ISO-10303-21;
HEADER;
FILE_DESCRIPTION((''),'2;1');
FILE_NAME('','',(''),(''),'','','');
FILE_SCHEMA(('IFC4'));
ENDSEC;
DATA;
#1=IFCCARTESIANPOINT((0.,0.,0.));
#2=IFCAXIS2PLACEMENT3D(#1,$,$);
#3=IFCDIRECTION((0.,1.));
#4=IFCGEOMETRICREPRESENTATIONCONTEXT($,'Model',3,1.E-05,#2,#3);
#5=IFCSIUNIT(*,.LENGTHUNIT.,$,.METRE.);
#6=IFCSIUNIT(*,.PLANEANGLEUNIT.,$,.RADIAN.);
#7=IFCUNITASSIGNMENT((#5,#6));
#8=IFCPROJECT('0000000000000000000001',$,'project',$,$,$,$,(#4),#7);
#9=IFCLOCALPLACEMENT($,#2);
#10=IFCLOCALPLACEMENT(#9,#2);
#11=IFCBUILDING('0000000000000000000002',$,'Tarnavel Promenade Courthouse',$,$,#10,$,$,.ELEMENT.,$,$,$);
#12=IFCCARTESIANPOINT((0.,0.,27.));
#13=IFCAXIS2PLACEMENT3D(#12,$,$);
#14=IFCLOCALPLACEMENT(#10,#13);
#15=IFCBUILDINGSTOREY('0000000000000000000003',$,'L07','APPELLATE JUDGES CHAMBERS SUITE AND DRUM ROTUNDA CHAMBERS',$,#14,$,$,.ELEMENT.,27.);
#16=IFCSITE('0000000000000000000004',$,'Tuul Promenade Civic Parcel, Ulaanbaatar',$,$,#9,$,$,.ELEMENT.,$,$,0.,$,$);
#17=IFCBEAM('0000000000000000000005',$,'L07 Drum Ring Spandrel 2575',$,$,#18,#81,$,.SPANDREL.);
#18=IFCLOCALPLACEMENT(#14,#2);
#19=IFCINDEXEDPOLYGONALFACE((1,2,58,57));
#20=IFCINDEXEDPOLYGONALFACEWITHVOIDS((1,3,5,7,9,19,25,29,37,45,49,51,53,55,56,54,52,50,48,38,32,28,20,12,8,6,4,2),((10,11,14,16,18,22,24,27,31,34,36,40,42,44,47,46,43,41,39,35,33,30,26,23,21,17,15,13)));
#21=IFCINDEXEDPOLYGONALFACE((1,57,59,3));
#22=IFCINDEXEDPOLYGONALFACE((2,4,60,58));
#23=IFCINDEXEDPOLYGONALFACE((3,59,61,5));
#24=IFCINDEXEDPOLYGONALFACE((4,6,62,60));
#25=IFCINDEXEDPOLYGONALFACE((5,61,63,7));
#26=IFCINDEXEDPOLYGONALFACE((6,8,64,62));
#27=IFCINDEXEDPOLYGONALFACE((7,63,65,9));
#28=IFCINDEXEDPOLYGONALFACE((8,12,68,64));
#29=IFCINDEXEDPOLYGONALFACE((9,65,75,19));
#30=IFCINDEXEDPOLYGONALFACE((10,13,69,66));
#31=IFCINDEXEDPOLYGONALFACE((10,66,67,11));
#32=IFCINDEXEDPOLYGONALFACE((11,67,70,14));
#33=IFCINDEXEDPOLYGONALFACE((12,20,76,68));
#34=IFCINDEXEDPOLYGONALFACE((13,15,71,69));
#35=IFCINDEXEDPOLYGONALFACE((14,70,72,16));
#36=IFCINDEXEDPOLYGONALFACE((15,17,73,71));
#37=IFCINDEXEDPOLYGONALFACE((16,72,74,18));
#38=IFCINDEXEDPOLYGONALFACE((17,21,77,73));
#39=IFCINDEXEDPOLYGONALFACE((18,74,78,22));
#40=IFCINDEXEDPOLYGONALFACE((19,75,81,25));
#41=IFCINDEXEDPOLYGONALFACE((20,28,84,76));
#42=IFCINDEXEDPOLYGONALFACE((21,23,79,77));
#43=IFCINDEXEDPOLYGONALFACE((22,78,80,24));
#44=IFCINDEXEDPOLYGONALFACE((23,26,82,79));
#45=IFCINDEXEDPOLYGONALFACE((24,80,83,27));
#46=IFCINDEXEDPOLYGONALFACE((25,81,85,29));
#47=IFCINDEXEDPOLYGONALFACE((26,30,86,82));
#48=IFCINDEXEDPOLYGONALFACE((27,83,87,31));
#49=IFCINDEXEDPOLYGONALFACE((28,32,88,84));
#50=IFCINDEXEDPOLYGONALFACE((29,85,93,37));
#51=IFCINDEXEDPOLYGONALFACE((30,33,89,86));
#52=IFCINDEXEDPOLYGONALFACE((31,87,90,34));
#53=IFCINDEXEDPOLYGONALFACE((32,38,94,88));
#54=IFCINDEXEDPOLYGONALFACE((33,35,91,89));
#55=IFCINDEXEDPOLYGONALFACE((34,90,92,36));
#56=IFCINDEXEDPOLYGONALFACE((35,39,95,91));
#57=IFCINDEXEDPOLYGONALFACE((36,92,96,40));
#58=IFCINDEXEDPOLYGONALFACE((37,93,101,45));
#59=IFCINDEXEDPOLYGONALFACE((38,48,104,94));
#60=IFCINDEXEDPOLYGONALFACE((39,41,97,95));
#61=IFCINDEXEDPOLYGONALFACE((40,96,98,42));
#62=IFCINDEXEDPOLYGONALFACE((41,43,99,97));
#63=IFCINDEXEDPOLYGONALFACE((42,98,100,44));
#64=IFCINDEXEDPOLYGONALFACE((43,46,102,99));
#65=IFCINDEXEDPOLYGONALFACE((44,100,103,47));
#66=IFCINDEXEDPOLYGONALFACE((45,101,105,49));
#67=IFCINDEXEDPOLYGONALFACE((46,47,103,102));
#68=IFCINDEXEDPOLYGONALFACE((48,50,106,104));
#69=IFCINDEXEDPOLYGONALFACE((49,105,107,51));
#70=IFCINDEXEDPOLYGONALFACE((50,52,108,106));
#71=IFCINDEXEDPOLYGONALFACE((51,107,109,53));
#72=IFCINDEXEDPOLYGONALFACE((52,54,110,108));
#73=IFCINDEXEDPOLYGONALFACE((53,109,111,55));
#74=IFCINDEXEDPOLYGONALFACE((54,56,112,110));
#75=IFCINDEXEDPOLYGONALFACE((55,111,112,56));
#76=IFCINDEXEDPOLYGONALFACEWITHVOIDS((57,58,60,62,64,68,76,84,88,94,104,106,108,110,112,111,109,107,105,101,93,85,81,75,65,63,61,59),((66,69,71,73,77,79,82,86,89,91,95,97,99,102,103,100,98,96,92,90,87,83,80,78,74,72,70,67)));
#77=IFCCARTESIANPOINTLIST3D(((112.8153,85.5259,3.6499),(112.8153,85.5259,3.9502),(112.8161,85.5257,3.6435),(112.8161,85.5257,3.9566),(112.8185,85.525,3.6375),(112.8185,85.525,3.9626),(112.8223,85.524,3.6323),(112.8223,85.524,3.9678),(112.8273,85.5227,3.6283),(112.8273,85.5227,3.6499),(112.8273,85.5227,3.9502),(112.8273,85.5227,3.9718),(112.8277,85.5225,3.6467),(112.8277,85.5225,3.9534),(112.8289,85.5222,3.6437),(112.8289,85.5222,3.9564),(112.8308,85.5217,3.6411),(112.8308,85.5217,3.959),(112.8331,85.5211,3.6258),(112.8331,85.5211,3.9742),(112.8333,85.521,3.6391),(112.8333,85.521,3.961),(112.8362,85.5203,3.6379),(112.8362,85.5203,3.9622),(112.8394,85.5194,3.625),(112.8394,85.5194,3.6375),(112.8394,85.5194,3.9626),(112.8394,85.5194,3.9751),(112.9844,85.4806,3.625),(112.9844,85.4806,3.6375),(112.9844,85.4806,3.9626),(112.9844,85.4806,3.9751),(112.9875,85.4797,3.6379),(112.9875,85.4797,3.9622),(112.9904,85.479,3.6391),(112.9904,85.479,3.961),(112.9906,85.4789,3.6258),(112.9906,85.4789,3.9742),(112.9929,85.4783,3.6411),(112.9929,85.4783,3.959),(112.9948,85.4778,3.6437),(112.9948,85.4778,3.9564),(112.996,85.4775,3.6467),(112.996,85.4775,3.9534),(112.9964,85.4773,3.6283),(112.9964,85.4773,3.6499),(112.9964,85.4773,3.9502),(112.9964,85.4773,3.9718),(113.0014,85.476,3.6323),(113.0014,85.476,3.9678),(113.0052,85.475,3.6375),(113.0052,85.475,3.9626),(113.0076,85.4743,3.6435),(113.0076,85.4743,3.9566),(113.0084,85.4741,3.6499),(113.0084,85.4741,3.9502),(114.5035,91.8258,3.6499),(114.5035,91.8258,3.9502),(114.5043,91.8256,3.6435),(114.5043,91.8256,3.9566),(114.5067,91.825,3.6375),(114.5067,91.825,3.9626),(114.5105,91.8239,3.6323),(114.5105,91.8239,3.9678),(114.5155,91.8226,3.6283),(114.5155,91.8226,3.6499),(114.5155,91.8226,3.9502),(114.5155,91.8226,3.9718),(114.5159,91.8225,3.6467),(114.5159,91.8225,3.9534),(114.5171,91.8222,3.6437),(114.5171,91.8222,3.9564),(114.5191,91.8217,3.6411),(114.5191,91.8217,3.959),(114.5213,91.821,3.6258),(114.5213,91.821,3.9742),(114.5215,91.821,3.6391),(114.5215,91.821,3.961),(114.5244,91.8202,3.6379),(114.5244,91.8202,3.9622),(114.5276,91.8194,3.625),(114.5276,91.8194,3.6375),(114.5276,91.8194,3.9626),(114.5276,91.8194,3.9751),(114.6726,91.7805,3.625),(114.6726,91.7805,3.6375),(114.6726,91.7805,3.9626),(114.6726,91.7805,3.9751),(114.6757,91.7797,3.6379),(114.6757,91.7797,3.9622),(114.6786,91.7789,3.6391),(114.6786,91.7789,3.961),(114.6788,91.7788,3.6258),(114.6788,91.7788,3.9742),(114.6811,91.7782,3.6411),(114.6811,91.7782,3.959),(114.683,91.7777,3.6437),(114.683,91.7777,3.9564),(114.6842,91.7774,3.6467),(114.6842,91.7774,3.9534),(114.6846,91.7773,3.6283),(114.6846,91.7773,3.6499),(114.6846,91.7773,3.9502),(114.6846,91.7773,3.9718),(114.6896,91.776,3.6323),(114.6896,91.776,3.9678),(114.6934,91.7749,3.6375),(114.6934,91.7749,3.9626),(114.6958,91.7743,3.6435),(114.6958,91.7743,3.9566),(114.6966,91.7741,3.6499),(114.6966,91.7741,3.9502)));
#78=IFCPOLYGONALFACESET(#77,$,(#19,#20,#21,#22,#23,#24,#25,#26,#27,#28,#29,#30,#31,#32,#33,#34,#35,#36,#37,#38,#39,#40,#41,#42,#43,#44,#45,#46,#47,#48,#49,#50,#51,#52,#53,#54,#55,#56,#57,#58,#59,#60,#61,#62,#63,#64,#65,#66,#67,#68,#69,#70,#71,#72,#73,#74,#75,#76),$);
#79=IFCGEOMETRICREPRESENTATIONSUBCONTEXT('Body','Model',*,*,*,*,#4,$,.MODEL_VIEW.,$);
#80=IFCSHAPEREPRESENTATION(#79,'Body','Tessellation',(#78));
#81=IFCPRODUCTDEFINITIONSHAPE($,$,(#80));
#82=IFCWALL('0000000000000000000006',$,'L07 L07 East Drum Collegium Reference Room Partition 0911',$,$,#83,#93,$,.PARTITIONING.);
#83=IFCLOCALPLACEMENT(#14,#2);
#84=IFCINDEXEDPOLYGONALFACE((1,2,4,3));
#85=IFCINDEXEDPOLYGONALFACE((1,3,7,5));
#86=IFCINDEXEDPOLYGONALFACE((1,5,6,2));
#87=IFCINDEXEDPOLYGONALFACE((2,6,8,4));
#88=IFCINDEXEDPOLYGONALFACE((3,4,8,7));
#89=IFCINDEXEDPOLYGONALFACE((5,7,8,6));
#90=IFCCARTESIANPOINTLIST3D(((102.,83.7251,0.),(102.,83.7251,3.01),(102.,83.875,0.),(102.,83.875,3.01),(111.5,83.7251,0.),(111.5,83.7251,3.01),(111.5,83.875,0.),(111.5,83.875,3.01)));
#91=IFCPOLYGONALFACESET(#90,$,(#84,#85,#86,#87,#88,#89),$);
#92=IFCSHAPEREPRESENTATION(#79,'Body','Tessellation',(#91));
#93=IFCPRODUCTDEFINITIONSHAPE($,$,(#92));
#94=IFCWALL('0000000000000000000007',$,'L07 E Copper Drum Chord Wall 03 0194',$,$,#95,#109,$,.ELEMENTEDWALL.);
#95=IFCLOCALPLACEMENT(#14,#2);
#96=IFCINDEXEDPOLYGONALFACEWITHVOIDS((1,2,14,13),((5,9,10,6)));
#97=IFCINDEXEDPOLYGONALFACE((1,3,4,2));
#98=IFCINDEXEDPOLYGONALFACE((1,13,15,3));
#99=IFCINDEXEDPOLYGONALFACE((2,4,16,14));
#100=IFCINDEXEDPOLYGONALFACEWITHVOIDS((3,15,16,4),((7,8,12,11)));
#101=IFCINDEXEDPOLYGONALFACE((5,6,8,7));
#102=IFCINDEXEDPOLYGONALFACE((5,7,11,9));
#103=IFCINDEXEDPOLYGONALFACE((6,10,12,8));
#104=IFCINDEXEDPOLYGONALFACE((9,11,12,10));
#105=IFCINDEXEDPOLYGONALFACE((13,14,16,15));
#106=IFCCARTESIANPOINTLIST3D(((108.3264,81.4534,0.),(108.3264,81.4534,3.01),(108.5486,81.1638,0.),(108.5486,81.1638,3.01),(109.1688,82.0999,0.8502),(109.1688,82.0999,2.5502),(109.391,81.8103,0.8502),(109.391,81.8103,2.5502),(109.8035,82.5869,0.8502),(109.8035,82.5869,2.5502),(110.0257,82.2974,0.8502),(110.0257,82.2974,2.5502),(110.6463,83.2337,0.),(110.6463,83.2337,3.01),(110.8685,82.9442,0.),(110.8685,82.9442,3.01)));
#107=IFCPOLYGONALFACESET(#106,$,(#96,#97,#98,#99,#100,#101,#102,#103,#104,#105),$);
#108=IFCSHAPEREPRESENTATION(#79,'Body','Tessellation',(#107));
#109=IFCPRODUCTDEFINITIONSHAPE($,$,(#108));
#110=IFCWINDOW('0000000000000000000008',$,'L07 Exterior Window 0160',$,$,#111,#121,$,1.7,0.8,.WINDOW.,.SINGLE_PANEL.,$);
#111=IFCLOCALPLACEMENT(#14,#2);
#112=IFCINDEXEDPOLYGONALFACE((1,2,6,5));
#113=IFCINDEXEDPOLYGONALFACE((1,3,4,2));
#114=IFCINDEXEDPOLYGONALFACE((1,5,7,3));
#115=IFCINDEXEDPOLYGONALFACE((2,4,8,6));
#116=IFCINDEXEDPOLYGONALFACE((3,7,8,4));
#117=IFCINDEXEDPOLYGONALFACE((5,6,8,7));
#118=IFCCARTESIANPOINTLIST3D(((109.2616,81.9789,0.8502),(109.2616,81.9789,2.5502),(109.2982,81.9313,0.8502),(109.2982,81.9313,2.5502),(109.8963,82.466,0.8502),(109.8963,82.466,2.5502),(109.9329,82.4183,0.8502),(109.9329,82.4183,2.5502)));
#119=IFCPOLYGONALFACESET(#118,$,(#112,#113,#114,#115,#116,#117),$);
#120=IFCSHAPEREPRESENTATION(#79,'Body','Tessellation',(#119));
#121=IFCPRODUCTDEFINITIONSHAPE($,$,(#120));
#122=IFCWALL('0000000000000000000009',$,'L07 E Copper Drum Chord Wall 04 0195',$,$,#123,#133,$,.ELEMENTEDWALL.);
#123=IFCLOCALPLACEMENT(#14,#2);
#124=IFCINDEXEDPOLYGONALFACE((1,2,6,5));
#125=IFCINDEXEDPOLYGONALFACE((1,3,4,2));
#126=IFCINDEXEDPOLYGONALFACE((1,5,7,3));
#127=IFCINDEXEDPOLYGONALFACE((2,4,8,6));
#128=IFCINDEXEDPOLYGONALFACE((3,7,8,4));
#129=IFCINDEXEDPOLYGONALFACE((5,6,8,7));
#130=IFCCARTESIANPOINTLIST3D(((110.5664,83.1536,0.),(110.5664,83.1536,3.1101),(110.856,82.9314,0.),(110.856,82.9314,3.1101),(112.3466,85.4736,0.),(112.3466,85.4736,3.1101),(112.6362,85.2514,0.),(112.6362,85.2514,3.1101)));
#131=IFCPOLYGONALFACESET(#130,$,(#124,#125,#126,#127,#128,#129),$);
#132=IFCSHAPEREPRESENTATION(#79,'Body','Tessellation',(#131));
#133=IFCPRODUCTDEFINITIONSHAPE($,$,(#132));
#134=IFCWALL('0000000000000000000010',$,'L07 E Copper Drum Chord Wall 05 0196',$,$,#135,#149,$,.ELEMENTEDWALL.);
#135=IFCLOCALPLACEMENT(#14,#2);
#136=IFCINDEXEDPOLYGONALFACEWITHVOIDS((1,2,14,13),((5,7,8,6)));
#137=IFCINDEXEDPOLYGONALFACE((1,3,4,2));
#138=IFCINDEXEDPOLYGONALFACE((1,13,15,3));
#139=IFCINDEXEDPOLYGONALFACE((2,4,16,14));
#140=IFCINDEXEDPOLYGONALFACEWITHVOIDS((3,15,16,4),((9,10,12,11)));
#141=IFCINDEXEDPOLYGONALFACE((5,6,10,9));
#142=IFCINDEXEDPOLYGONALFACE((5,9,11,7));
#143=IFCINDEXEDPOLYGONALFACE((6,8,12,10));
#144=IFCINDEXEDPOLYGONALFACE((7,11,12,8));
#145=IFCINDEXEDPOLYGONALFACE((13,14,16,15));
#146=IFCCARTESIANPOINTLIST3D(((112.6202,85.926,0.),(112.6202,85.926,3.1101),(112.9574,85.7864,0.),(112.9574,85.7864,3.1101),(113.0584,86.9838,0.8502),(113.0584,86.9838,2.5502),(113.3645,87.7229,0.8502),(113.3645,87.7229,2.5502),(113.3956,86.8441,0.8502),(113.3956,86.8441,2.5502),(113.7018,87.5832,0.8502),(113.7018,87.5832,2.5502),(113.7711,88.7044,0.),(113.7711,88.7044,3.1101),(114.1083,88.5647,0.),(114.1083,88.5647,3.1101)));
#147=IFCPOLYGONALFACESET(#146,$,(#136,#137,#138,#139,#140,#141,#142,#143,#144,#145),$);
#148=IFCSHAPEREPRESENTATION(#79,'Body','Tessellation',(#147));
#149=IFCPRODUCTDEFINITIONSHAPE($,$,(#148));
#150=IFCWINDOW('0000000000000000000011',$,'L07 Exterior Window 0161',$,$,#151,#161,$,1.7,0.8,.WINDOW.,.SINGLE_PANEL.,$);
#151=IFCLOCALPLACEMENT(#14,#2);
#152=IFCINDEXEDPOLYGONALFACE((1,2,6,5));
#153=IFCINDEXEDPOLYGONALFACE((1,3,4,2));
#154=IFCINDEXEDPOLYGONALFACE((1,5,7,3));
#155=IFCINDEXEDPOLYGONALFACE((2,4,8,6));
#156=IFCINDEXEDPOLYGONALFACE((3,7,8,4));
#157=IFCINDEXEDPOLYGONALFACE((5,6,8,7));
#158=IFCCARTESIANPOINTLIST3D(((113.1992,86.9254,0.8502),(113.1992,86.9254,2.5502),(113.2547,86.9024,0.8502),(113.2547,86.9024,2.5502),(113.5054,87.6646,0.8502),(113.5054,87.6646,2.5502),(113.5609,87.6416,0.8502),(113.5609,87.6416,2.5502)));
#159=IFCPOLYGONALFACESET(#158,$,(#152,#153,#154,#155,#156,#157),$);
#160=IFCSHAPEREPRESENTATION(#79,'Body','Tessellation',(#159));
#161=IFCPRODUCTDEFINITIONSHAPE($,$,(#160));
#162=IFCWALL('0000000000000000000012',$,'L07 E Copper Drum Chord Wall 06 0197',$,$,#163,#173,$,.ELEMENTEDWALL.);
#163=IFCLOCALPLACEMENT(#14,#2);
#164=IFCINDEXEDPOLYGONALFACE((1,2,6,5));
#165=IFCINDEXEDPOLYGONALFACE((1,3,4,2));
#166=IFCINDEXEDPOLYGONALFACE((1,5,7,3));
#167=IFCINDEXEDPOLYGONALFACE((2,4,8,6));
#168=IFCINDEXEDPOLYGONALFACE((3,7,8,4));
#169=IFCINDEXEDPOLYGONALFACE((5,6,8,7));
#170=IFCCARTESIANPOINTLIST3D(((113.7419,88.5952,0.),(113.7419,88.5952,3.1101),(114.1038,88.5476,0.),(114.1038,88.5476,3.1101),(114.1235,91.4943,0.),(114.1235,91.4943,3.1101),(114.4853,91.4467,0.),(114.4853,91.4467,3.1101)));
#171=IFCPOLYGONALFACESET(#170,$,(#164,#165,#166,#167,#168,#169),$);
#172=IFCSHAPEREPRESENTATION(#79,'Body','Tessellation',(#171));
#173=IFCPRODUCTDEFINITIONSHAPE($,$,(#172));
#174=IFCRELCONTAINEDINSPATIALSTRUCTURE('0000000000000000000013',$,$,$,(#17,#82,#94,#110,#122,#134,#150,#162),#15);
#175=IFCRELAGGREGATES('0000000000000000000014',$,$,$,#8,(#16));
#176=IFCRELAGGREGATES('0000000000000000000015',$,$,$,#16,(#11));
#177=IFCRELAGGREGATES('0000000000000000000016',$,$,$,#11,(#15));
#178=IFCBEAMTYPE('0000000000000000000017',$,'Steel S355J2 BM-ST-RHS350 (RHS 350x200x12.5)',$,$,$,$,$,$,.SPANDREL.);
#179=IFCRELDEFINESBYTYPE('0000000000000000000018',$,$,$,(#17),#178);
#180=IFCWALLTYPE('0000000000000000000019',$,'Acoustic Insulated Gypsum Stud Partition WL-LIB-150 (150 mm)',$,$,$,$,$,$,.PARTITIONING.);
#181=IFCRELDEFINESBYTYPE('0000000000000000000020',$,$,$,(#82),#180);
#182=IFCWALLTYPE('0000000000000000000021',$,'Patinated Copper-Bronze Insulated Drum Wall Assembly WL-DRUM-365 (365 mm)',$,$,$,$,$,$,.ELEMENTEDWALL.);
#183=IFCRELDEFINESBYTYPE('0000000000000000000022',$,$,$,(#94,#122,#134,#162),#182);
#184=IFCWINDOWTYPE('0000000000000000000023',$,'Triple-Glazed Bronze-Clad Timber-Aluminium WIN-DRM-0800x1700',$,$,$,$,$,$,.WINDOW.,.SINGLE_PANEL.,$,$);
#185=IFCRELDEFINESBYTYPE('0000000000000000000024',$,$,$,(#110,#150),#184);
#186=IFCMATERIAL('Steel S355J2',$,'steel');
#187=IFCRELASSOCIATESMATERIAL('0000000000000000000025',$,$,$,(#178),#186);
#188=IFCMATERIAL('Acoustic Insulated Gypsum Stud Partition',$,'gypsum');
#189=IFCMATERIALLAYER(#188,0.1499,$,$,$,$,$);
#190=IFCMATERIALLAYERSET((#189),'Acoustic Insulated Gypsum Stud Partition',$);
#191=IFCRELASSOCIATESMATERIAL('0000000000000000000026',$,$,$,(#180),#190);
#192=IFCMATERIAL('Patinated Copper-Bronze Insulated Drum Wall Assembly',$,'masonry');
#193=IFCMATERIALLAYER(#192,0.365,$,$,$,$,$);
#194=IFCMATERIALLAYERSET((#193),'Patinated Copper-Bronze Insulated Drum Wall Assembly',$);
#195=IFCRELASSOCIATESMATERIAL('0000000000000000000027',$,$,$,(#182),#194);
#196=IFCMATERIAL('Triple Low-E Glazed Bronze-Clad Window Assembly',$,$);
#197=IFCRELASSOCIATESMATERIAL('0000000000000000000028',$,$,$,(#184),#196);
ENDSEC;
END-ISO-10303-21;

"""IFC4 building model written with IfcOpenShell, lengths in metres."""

from ifc_helpers import new_model, si_unit, direction, frame, frame_2d, origin, origin_2d, place, context, subcontext, project, spatial, rectangle, hollow_rectangle, extrude, material, layer, layer_set, material_profile, profile_set, type_object, element, fill, save


model = new_model("IFC4")

# Units and contexts
model_context = context("Model", 3, precision=1e-05, world=origin(), true_north=direction((0.0, 1.0)))
body_context = subcontext(model_context, "Body", "Model", "MODEL_VIEW")
ifc_project = project(units=[si_unit("LENGTHUNIT", "METRE"), si_unit("PLANEANGLEUNIT", "RADIAN")], contexts=[model_context])

# Site, building, storey
site_placement = place(None, origin())
site = spatial("IfcSite", under=ifc_project, at=site_placement, Name="Tuul Promenade Civic Parcel, Ulaanbaatar", CompositionType="ELEMENT", RefElevation=0.0)
building_placement = place(site_placement, origin())
building = spatial("IfcBuilding", under=site, at=building_placement, Name="Tarnavel Promenade Courthouse", CompositionType="ELEMENT")
storey_placement = place(building_placement, frame((0.0, 0.0, 27.0)))
storey = spatial("IfcBuildingStorey", under=building, at=storey_placement, Name="L07", Description="APPELLATE JUDGES CHAMBERS SUITE AND DRUM ROTUNDA CHAMBERS", CompositionType="ELEMENT", Elevation=27.0)

# Beam
ifc_material_1 = material(Name="Steel S355J2", Category="steel")
ifc_material_profile_1 = material_profile(ifc_material_1, hollow_rectangle(XDim=0.2, YDim=0.3501, WallThickness=0.0125, InnerFilletRadius=0.0125, OuterFilletRadius=0.0249, at=origin_2d()), Name="RHS 350x200x12.5")
ifc_profile_set_1 = profile_set([ifc_material_profile_1], Name="Steel S355J2")
beam_type_1 = type_object("IfcBeamType", Name="Steel S355J2 BM-ST-RHS350 (RHS 350x200x12.5)", PredefinedType="SPANDREL", material=ifc_profile_set_1)
beam_1_placement = place(storey_placement, frame((112.9119, 85.5, 3.8), z_axis=(0.258839, 0.96592, 0.0), x_axis=(-0.96592, 0.258839, 0.0)))
element("IfcBeam", 1, at=beam_1_placement, inside=storey, type_object=beam_type_1, Name="L07 Drum Ring Spandrel 2575", PredefinedType="SPANDREL", context=body_context, shape_type="SweptSolid", body=[
    extrude(hollow_rectangle(XDim=0.2, YDim=0.3501, WallThickness=0.0125, InnerFilletRadius=0.0125, OuterFilletRadius=0.0249, at=origin_2d()), origin(), (0.0, 0.0, 1.0), 6.5222),
])

# Wall
ifc_material_2 = material(Name="Acoustic Insulated Gypsum Stud Partition", Category="gypsum")
ifc_layer_1 = layer(ifc_material_2, 0.1499)
ifc_layer_set_1 = layer_set([ifc_layer_1], Name="Acoustic Insulated Gypsum Stud Partition")
wall_type_1 = type_object("IfcWallType", Name="Acoustic Insulated Gypsum Stud Partition WL-LIB-150 (150 mm)", PredefinedType="PARTITIONING", material=ifc_layer_set_1)
wall_1_placement = place(storey_placement, frame((111.5, 83.8, 0.0), z_axis=(0.0, 0.0, 1.0), x_axis=(-1.0, 0.0, 0.0)))
element("IfcWall", 2, at=wall_1_placement, inside=storey, type_object=wall_type_1, Name="L07 L07 East Drum Collegium Reference Room Partition 0911", PredefinedType="PARTITIONING", context=body_context, shape_type="SweptSolid", body=[
    extrude(rectangle(XDim=9.5, YDim=0.1499, at=frame_2d((4.75, 0.0))), origin(), (0.0, 0.0, 1.0), 3.01),
])

# Wall, opening, window
ifc_material_3 = material(Name="Patinated Copper-Bronze Insulated Drum Wall Assembly", Category="masonry")
ifc_layer_2 = layer(ifc_material_3, 0.365)
ifc_layer_set_2 = layer_set([ifc_layer_2], Name="Patinated Copper-Bronze Insulated Drum Wall Assembly")
wall_type_2 = type_object("IfcWallType", Name="Patinated Copper-Bronze Insulated Drum Wall Assembly WL-DRUM-365 (365 mm)", PredefinedType="ELEMENTEDWALL", material=ifc_layer_set_2)
wall_2_placement = place(storey_placement, frame((108.4375, 81.3086, 0.0), z_axis=(0.0, 0.0, 1.0), x_axis=(0.793319, 0.608807, 0.0)))
wall_2 = element("IfcWall", 3, at=wall_2_placement, inside=storey, type_object=wall_type_2, Name="L07 E Copper Drum Chord Wall 03 0194", PredefinedType="ELEMENTEDWALL", context=body_context, shape_type="SweptSolid", body=[
    extrude(rectangle(XDim=2.9243, YDim=0.365, at=frame_2d((1.4622, 0.0))), origin(), (0.0, 0.0, 1.0), 3.01),
])
opening_1_placement = place(wall_2_placement, frame((1.062, 0.0, 0.8501)))
opening_1 = element("IfcOpeningElement", 4, at=opening_1_placement, cuts=wall_2, PredefinedType="OPENING", context=body_context, shape_type="SweptSolid", body=[
    extrude(rectangle(XDim=0.8, YDim=1.7, at=frame_2d((0.3999, 0.8501))), frame((0.0, 0.1924, 0.0), z_axis=(0.0, -1.0, 0.0), x_axis=(1.0, 0.0, 0.0)), (0.0, 0.0, 1.0), 0.385),
])
ifc_material_4 = material(Name="Triple Low-E Glazed Bronze-Clad Window Assembly")
window_type = type_object("IfcWindowType", Name="Triple-Glazed Bronze-Clad Timber-Aluminium WIN-DRM-0800x1700", PartitioningType="SINGLE_PANEL", PredefinedType="WINDOW", material=ifc_material_4)
window_1_placement = place(opening_1_placement, origin())
window_1 = element("IfcWindow", 5, at=window_1_placement, inside=storey, type_object=window_type, Name="L07 Exterior Window 0160", OverallHeight=1.7, OverallWidth=0.8, PartitioningType="SINGLE_PANEL", PredefinedType="WINDOW", context=body_context, shape_type="SweptSolid", body=[
    extrude(rectangle(XDim=0.8, YDim=1.7, at=frame_2d((0.3999, 0.8501))), frame((0.0, 0.03, 0.0), z_axis=(0.0, -1.0, 0.0), x_axis=(1.0, 0.0, 0.0)), (0.0, 0.0, 1.0), 0.0601),
])
fill(opening_1, window_1)

# Wall
wall_3_placement = place(storey_placement, frame((110.7112, 83.0425, 0.0), z_axis=(0.0, 0.0, 1.0), x_axis=(0.608766, 0.79335, 0.0)))
element("IfcWall", 6, at=wall_3_placement, inside=storey, type_object=wall_type_2, Name="L07 E Copper Drum Chord Wall 04 0195", PredefinedType="ELEMENTEDWALL", context=body_context, shape_type="SweptSolid", body=[
    extrude(rectangle(XDim=2.9243, YDim=0.365, at=frame_2d((1.4622, 0.0))), origin(), (0.0, 0.0, 1.0), 3.1101),
])

# Wall, opening, window
wall_4_placement = place(storey_placement, frame((112.7888, 85.8562, 0.0), z_axis=(0.0, 0.0, 1.0), x_axis=(0.382701, 0.923872, 0.0)))
wall_4 = element("IfcWall", 7, at=wall_4_placement, inside=storey, type_object=wall_type_2, Name="L07 E Copper Drum Chord Wall 05 0196", PredefinedType="ELEMENTEDWALL", context=body_context, shape_type="SweptSolid", body=[
    extrude(rectangle(XDim=3.0073, YDim=0.365, at=frame_2d((1.5037, 0.0))), origin(), (0.0, 0.0, 1.0), 3.1101),
])
opening_2_placement = place(wall_4_placement, frame((1.145, 0.0, 0.8501)))
opening_2 = element("IfcOpeningElement", 8, at=opening_2_placement, cuts=wall_4, PredefinedType="OPENING", context=body_context, shape_type="SweptSolid", body=[
    extrude(rectangle(XDim=0.8, YDim=1.7, at=frame_2d((0.3999, 0.8501))), frame((0.0, 0.1924, 0.0), z_axis=(0.0, -1.0, 0.0), x_axis=(1.0, 0.0, 0.0)), (0.0, 0.0, 1.0), 0.385),
])
window_2_placement = place(opening_2_placement, origin())
window_2 = element("IfcWindow", 9, at=window_2_placement, inside=storey, type_object=window_type, Name="L07 Exterior Window 0161", OverallHeight=1.7, OverallWidth=0.8, PartitioningType="SINGLE_PANEL", PredefinedType="WINDOW", context=body_context, shape_type="SweptSolid", body=[
    extrude(rectangle(XDim=0.8, YDim=1.7, at=frame_2d((0.3999, 0.8501))), frame((0.0, 0.03, 0.0), z_axis=(0.0, -1.0, 0.0), x_axis=(1.0, 0.0, 0.0)), (0.0, 0.0, 1.0), 0.0601),
])
fill(opening_2, window_2)

# Wall
wall_5_placement = place(storey_placement, frame((113.9229, 88.5715, 0.0), z_axis=(0.0, 0.0, 1.0), x_axis=(0.130496, 0.991449, 0.0)))
element("IfcWall", 10, at=wall_5_placement, inside=storey, type_object=wall_type_2, Name="L07 E Copper Drum Chord Wall 06 0197", PredefinedType="ELEMENTEDWALL", context=body_context, shape_type="SweptSolid", body=[
    extrude(rectangle(XDim=2.9241, YDim=0.365, at=frame_2d((1.4619, 0.0))), origin(), (0.0, 0.0, 1.0), 3.1101),
])

save(model, "model.ifc")
